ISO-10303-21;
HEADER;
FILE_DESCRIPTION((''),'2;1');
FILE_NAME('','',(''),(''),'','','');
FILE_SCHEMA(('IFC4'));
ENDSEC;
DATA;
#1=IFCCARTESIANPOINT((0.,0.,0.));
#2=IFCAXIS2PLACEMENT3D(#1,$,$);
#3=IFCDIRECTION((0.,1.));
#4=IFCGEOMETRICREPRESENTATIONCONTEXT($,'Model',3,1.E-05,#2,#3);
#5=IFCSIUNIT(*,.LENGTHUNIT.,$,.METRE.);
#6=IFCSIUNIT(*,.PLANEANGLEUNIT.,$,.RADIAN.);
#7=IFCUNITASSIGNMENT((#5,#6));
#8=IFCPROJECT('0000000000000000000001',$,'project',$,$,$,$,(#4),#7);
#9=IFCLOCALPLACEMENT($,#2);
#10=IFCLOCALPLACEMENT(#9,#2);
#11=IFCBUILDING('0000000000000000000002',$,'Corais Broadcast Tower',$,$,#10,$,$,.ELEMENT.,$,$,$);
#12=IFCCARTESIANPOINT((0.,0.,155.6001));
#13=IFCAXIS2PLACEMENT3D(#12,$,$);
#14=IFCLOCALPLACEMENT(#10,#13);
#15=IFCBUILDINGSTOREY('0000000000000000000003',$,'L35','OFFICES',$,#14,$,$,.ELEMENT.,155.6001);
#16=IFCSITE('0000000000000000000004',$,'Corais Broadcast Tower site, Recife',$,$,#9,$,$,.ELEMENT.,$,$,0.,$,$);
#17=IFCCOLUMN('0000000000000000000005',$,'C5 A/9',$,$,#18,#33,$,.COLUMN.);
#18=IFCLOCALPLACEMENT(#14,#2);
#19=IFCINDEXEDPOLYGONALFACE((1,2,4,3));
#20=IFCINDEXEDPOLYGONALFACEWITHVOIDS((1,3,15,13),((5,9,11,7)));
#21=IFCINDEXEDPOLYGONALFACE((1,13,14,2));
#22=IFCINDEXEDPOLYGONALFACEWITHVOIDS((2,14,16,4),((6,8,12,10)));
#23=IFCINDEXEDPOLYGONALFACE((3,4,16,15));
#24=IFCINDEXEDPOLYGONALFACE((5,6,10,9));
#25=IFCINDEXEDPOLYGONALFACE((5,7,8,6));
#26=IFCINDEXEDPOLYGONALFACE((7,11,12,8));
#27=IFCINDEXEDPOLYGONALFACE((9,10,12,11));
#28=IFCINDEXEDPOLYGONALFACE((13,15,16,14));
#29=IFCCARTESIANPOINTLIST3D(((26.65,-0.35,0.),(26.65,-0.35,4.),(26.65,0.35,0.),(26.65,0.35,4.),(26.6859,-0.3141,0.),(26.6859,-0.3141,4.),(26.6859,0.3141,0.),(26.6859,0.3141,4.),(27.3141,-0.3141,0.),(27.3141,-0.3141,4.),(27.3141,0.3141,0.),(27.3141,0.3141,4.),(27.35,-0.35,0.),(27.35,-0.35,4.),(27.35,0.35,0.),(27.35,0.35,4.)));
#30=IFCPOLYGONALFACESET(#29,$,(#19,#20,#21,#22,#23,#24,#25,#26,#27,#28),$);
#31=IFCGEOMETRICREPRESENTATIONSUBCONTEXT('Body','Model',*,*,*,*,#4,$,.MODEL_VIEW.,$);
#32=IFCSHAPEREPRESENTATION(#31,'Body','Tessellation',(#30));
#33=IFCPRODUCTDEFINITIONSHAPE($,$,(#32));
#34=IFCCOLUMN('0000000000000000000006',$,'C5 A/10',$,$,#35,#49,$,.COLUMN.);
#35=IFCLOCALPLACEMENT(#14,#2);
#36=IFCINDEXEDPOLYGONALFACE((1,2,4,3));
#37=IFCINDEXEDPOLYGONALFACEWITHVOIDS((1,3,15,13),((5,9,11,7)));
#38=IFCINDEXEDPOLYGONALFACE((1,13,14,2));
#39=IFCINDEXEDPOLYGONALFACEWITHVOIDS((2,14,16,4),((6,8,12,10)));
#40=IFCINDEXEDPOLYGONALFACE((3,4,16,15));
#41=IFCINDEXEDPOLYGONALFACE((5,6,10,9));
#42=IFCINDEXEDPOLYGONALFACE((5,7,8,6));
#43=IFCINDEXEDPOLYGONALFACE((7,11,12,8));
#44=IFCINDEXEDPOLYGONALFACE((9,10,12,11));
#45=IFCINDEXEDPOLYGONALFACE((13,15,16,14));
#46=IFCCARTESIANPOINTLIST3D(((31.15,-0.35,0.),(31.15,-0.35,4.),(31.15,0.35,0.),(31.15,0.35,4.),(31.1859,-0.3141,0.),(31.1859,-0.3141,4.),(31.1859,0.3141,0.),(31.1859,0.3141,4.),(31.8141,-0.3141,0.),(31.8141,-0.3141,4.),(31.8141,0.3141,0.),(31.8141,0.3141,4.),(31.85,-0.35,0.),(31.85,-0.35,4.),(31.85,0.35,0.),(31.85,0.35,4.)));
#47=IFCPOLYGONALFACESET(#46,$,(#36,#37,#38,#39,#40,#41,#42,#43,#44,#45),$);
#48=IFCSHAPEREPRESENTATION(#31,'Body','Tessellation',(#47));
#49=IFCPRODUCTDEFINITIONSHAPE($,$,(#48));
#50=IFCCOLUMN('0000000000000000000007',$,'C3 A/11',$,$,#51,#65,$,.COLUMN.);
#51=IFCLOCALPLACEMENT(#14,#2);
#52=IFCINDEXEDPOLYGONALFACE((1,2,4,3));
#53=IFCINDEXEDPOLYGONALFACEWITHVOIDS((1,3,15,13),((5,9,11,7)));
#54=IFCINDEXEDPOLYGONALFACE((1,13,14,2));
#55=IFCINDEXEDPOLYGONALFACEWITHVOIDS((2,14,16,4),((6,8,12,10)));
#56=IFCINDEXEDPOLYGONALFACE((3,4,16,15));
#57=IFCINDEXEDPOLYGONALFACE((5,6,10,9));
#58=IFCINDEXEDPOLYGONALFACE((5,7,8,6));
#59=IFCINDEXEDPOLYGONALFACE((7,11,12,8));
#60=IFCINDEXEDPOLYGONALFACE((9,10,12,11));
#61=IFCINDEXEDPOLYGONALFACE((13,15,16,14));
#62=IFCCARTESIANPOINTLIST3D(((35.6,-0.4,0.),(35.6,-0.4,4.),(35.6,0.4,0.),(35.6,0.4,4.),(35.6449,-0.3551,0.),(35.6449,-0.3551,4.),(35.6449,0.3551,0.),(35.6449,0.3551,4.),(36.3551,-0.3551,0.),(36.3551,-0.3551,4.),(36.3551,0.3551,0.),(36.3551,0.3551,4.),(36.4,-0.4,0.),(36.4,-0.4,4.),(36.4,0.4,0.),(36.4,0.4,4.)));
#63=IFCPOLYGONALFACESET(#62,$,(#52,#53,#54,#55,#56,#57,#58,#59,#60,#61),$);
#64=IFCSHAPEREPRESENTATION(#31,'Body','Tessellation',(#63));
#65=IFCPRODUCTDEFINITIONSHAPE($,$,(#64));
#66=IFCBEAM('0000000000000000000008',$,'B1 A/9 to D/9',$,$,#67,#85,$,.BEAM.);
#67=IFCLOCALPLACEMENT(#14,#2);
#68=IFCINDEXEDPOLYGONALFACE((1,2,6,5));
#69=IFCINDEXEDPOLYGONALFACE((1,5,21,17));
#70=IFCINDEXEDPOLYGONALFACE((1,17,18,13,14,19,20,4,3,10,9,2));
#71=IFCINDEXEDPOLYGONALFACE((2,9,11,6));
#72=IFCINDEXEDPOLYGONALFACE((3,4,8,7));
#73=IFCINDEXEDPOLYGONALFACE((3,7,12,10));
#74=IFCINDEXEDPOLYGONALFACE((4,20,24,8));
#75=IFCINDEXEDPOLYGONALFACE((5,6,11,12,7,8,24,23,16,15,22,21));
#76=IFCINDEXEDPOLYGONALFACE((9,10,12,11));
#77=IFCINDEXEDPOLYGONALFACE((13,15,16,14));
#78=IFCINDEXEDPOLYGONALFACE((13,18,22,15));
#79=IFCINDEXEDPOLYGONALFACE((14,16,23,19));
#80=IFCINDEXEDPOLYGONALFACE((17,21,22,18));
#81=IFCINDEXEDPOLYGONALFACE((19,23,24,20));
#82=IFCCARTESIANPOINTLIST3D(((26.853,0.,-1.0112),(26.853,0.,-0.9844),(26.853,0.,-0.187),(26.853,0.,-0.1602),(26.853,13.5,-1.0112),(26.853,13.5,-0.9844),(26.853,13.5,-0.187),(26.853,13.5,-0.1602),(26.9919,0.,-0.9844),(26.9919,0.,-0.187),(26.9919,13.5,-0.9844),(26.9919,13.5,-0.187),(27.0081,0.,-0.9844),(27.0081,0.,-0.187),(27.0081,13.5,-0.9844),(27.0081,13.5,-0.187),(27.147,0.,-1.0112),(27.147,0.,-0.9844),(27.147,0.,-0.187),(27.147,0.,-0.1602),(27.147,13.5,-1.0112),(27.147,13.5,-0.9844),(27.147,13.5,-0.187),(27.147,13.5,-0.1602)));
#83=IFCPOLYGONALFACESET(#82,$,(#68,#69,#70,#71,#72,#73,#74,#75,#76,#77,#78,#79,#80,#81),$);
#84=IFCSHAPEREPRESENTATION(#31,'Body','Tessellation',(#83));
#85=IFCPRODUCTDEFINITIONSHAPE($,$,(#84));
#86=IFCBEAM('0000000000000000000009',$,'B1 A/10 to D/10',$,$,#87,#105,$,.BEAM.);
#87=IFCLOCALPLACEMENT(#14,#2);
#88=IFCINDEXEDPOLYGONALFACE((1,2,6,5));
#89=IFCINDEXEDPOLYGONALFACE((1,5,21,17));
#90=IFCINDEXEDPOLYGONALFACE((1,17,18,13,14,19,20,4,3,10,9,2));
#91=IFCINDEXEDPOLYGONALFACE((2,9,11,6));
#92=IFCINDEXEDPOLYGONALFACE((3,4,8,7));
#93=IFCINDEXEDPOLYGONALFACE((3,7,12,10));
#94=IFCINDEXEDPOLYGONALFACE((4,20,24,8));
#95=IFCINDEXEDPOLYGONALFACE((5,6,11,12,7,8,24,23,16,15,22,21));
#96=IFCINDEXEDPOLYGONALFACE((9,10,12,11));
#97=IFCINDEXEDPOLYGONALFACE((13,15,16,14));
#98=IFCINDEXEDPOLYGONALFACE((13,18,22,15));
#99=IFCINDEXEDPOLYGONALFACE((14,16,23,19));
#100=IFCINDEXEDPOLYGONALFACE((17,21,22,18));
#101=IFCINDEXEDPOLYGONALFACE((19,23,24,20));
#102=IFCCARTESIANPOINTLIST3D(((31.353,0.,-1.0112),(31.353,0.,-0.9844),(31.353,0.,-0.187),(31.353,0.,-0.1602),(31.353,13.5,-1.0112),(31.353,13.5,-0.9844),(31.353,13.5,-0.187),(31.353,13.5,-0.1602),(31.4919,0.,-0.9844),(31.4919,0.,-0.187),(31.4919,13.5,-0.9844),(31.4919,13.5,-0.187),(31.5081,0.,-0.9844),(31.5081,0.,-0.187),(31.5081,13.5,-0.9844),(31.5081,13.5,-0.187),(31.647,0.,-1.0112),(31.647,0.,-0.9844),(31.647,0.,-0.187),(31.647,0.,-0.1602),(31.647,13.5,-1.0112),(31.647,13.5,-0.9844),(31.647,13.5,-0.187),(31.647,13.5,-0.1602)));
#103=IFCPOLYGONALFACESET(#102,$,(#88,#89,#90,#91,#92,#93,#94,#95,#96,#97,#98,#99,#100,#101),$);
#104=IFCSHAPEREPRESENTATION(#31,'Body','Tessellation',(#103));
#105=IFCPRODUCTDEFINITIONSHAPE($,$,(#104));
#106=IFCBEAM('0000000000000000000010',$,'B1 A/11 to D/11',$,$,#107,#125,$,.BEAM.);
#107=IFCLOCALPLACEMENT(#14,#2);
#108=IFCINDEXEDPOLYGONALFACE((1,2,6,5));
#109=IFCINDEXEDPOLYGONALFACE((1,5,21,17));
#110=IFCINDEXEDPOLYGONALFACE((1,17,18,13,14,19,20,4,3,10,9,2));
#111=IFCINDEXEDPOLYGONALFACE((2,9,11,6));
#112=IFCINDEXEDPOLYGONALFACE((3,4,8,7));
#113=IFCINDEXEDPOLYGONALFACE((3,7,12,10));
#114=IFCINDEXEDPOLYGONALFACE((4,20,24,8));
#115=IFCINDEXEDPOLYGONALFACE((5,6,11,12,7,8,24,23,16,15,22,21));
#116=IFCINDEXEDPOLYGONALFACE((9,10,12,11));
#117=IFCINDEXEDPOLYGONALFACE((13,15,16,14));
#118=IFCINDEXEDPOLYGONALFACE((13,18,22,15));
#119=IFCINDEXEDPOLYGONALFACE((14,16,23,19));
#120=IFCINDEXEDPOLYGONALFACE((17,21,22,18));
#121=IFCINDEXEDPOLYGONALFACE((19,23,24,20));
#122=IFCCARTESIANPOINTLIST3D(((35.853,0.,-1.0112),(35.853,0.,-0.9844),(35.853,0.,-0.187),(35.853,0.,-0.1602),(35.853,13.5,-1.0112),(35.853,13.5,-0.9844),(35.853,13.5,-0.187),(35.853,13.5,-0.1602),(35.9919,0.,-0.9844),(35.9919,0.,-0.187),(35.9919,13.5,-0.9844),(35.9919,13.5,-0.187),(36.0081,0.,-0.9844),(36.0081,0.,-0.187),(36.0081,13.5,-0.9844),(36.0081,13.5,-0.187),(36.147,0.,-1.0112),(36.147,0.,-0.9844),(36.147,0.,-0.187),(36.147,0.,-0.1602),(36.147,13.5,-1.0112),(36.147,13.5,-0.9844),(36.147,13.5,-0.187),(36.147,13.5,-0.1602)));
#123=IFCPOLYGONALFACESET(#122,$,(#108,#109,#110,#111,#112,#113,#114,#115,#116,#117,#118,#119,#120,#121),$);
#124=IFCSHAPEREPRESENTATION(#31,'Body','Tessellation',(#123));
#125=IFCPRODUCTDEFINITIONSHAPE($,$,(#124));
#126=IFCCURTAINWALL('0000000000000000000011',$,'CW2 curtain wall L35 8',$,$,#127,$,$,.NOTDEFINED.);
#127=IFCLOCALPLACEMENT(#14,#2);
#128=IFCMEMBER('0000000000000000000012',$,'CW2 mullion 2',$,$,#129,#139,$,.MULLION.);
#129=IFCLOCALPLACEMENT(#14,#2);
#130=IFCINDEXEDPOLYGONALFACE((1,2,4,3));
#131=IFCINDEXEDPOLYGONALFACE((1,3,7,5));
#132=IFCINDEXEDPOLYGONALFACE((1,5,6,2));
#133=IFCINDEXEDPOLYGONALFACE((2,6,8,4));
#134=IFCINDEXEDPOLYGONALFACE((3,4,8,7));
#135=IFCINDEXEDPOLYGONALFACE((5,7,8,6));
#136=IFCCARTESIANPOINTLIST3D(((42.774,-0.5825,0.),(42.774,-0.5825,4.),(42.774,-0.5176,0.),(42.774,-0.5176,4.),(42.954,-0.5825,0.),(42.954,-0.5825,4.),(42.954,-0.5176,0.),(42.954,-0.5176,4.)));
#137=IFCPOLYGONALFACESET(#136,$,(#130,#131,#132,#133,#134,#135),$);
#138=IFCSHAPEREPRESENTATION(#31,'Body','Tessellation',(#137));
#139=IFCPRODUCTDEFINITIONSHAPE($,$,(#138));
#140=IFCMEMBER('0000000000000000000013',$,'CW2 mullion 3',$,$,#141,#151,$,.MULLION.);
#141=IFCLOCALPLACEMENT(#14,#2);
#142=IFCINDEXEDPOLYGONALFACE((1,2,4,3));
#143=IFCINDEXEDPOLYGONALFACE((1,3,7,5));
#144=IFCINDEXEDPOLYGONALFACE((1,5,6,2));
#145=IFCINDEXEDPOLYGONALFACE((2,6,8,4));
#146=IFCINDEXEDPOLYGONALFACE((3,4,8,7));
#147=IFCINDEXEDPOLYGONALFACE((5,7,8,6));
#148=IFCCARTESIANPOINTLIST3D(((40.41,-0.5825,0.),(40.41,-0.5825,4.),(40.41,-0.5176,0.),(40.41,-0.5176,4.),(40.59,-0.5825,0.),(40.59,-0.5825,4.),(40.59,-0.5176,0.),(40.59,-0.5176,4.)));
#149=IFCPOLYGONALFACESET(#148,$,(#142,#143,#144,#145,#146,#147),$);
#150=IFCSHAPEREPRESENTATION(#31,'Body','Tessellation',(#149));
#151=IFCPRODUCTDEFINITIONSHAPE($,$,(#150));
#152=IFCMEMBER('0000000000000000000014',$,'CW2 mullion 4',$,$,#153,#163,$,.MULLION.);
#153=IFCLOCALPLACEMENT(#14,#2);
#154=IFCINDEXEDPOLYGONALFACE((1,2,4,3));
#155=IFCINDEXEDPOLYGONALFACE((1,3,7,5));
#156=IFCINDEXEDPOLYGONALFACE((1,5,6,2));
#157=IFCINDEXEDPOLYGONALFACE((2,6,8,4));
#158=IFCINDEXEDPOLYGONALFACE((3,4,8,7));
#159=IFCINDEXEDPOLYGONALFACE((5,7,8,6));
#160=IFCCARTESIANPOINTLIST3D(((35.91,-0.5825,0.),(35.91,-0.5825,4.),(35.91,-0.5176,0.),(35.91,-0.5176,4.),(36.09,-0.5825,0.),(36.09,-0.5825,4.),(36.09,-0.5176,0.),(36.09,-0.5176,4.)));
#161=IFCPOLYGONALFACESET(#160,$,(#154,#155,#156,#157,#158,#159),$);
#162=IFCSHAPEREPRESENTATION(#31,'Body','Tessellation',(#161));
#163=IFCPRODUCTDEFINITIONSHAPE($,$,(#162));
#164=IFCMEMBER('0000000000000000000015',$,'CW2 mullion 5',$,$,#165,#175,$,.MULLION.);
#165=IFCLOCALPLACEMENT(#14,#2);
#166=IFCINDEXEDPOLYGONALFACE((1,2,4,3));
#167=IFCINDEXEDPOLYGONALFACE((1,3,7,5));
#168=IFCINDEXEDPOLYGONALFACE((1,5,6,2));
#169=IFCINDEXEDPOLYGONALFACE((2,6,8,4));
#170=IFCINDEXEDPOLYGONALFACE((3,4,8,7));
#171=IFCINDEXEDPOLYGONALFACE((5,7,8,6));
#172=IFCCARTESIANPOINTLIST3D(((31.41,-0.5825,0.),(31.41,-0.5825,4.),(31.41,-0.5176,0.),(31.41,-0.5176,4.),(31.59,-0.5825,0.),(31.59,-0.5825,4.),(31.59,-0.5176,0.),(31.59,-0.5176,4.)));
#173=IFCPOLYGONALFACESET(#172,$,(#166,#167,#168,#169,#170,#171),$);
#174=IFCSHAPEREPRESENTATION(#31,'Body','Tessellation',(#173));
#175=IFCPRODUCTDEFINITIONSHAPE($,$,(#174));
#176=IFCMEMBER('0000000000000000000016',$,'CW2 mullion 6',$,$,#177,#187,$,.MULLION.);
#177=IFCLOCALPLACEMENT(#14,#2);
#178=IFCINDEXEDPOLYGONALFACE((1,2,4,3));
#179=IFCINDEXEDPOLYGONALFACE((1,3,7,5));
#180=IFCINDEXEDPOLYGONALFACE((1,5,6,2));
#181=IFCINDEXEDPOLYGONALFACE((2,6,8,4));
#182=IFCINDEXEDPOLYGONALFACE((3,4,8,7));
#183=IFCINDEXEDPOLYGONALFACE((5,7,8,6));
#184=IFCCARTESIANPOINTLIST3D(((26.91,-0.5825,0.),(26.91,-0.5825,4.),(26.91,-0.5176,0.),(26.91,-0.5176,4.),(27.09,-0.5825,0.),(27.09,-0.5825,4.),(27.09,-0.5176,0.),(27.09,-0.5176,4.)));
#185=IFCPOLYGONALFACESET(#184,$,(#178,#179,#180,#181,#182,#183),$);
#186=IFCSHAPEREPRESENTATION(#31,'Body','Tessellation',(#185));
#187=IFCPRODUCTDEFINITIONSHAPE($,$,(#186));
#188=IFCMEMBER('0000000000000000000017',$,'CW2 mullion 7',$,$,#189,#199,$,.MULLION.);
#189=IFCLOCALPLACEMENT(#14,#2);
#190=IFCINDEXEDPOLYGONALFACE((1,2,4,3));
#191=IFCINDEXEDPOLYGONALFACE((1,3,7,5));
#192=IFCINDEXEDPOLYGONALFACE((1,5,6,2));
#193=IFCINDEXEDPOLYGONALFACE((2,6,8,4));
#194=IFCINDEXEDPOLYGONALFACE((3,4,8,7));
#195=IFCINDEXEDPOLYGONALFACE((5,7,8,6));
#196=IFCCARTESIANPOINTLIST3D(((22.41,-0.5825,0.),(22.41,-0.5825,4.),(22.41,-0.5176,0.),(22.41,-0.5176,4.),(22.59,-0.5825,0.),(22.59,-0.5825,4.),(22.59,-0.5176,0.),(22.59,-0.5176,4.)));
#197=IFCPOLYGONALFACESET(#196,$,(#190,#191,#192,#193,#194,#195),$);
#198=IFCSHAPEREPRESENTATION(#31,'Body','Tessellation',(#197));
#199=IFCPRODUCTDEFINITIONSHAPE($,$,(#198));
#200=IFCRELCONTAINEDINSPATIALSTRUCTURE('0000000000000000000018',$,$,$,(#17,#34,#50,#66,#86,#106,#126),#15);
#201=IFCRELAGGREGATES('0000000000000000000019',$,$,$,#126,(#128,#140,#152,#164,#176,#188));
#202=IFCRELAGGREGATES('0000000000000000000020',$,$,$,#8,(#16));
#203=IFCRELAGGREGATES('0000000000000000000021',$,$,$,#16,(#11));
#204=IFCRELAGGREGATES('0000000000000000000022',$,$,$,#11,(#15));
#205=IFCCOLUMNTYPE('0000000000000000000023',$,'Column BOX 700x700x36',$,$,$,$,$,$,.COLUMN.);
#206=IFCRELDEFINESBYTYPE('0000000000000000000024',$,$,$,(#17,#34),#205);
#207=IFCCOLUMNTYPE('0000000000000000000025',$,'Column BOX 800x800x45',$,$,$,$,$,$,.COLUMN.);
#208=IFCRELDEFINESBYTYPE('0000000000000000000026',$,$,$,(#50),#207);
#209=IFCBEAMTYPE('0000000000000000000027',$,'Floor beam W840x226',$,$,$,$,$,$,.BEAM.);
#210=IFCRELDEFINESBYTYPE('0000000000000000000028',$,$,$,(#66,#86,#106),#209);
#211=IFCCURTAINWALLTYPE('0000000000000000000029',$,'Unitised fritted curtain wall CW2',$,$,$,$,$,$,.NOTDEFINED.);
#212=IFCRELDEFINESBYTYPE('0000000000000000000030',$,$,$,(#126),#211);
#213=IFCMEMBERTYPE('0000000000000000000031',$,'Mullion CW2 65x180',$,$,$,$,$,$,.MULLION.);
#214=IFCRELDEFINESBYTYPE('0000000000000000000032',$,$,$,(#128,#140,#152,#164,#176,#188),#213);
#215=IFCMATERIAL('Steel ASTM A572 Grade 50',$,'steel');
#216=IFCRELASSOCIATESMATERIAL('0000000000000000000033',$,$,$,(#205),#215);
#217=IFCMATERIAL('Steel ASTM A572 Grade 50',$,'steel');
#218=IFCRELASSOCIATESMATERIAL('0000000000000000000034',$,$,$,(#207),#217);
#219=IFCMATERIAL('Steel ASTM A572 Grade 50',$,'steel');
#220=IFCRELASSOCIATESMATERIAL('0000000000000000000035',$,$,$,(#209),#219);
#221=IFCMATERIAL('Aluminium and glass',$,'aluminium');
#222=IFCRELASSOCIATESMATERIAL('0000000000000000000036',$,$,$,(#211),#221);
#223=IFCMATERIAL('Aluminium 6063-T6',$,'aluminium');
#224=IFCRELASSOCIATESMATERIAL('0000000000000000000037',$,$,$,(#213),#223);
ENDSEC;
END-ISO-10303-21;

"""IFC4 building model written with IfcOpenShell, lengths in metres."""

from ifc_helpers import new_model, si_unit, direction, frame, origin, origin_2d, place, context, subcontext, project, spatial, rectangle, hollow_rectangle, i_section, extrude, material, material_profile, profile_set, type_object, element, aggregate, save


model = new_model("IFC4")

# Units and contexts
model_context = context("Model", 3, precision=1e-05, world=origin(), true_north=direction((0.0, 1.0)))
body_context = subcontext(model_context, "Body", "Model", "MODEL_VIEW")
ifc_project = project(units=[si_unit("LENGTHUNIT", "METRE"), si_unit("PLANEANGLEUNIT", "RADIAN")], contexts=[model_context])

# Site, building, storey
site_placement = place(None, origin())
site = spatial("IfcSite", under=ifc_project, at=site_placement, Name="Corais Broadcast Tower site, Recife", CompositionType="ELEMENT", RefElevation=0.0)
building_placement = place(site_placement, origin())
building = spatial("IfcBuilding", under=site, at=building_placement, Name="Corais Broadcast Tower", CompositionType="ELEMENT")
storey_placement = place(building_placement, frame((0.0, 0.0, 155.6001)))
storey = spatial("IfcBuildingStorey", under=building, at=storey_placement, Name="L35", Description="OFFICES", CompositionType="ELEMENT", Elevation=155.6001)

# Columns
ifc_material_1 = material(Name="Steel ASTM A572 Grade 50", Category="steel")
ifc_material_profile_1 = material_profile(ifc_material_1, hollow_rectangle(XDim=0.7, YDim=0.7, WallThickness=0.0359, at=origin_2d()), Name="BOX 700x700x36")
ifc_profile_set_1 = profile_set([ifc_material_profile_1], Name="Steel ASTM A572 Grade 50")
column_type_1 = type_object("IfcColumnType", Name="Column BOX 700x700x36", PredefinedType="COLUMN", material=ifc_profile_set_1)
for number, where, z_axis, x_axis, name in (
    (1, (27.0, 0.0, 0.0), (0.0, 0.0, 1.0), (1.0, 0.0, 0.0), "C5 A/9"),
    (2, (31.5, 0.0, 0.0), (0.0, 0.0, 1.0), (1.0, 0.0, 0.0), "C5 A/10"),
):
    element("IfcColumn", number, at=place(storey_placement, frame(where, z_axis=z_axis, x_axis=x_axis)), inside=storey, type_object=column_type_1, Name=name, PredefinedType="COLUMN", context=body_context, shape_type="SweptSolid", body=[
        extrude(hollow_rectangle(XDim=0.7, YDim=0.7, WallThickness=0.0359, at=origin_2d()), origin(), (0.0, 0.0, 1.0), 4.0),
    ])
ifc_material_2 = material(Name="Steel ASTM A572 Grade 50", Category="steel")
ifc_material_profile_2 = material_profile(ifc_material_2, hollow_rectangle(XDim=0.8, YDim=0.8, WallThickness=0.0449, at=origin_2d()), Name="BOX 800x800x45")
ifc_profile_set_2 = profile_set([ifc_material_profile_2], Name="Steel ASTM A572 Grade 50")
column_type_2 = type_object("IfcColumnType", Name="Column BOX 800x800x45", PredefinedType="COLUMN", material=ifc_profile_set_2)
column_placement = place(storey_placement, frame((36.0, 0.0, 0.0), z_axis=(0.0, 0.0, 1.0), x_axis=(1.0, 0.0, 0.0)))
element("IfcColumn", 3, at=column_placement, inside=storey, type_object=column_type_2, Name="C3 A/11", PredefinedType="COLUMN", context=body_context, shape_type="SweptSolid", body=[
    extrude(hollow_rectangle(XDim=0.8, YDim=0.8, WallThickness=0.0449, at=origin_2d()), origin(), (0.0, 0.0, 1.0), 4.0),
])

# Beams
ifc_material_3 = material(Name="Steel ASTM A572 Grade 50", Category="steel")
ifc_material_profile_3 = material_profile(ifc_material_3, i_section(OverallWidth=0.2939, OverallDepth=0.8511, WebThickness=0.0161, FlangeThickness=0.0269, at=origin_2d()), Name="W840x226")
ifc_profile_set_3 = profile_set([ifc_material_profile_3], Name="Steel ASTM A572 Grade 50")
beam_type_1 = type_object("IfcBeamType", Name="Floor beam W840x226", PredefinedType="BEAM", material=ifc_profile_set_3)
for number, where, z_axis, x_axis, name in (
    (4, (27.0, 0.0, -0.5857), (0.0, 1.0, 0.0), (-1.0, 0.0, 0.0), "B1 A/9 to D/9"),
    (5, (31.5, 0.0, -0.5857), (0.0, 1.0, 0.0), (-1.0, 0.0, 0.0), "B1 A/10 to D/10"),
    (6, (36.0, 0.0, -0.5857), (0.0, 1.0, 0.0), (-1.0, 0.0, 0.0), "B1 A/11 to D/11"),
):
    element("IfcBeam", number, at=place(storey_placement, frame(where, z_axis=z_axis, x_axis=x_axis)), inside=storey, type_object=beam_type_1, Name=name, PredefinedType="BEAM", context=body_context, shape_type="SweptSolid", body=[
        extrude(i_section(OverallWidth=0.2939, OverallDepth=0.8511, WebThickness=0.0161, FlangeThickness=0.0269, at=origin_2d()), origin(), (0.0, 0.0, 1.0), 13.5),
    ])

# Curtain wall, members
ifc_material_4 = material(Name="Aluminium and glass", Category="aluminium")
curtain_wall_type = type_object("IfcCurtainWallType", Name="Unitised fritted curtain wall CW2", PredefinedType="NOTDEFINED", material=ifc_material_4)
curtain_wall_placement = place(storey_placement, origin())
curtain_wall = element("IfcCurtainWall", 7, at=curtain_wall_placement, inside=storey, type_object=curtain_wall_type, Name="CW2 curtain wall L35 8", PredefinedType="NOTDEFINED")
ifc_material_5 = material(Name="Aluminium 6063-T6", Category="aluminium")
ifc_material_profile_4 = material_profile(ifc_material_5, rectangle(XDim=0.0649, YDim=0.1799, at=origin_2d()), Name="Mullion CW2 65x180")
ifc_profile_set_4 = profile_set([ifc_material_profile_4], Name="Aluminium 6063-T6")
member_type_1 = type_object("IfcMemberType", Name="Mullion CW2 65x180", PredefinedType="MULLION", material=ifc_profile_set_4)
member_1_placement = place(storey_placement, frame((42.864, -0.55, 0.0), z_axis=(0.0, 0.0, 1.0), x_axis=(0.0, -1.0, 0.0)))
member_1 = element("IfcMember", 8, at=member_1_placement, type_object=member_type_1, Name="CW2 mullion 2", PredefinedType="MULLION", context=body_context, shape_type="SweptSolid", body=[
    extrude(rectangle(XDim=0.0649, YDim=0.1799, at=origin_2d()), origin(), (0.0, 0.0, 1.0), 4.0),
])
member_2_placement = place(storey_placement, frame((40.5, -0.55, 0.0), z_axis=(0.0, 0.0, 1.0), x_axis=(0.0, -1.0, 0.0)))
member_2 = element("IfcMember", 9, at=member_2_placement, type_object=member_type_1, Name="CW2 mullion 3", PredefinedType="MULLION", context=body_context, shape_type="SweptSolid", body=[
    extrude(rectangle(XDim=0.0649, YDim=0.1799, at=origin_2d()), origin(), (0.0, 0.0, 1.0), 4.0),
])
member_3_placement = place(storey_placement, frame((36.0, -0.55, 0.0), z_axis=(0.0, 0.0, 1.0), x_axis=(0.0, -1.0, 0.0)))
member_3 = element("IfcMember", 10, at=member_3_placement, type_object=member_type_1, Name="CW2 mullion 4", PredefinedType="MULLION", context=body_context, shape_type="SweptSolid", body=[
    extrude(rectangle(XDim=0.0649, YDim=0.1799, at=origin_2d()), origin(), (0.0, 0.0, 1.0), 4.0),
])
member_4_placement = place(storey_placement, frame((31.5, -0.55, 0.0), z_axis=(0.0, 0.0, 1.0), x_axis=(0.0, -1.0, 0.0)))
member_4 = element("IfcMember", 11, at=member_4_placement, type_object=member_type_1, Name="CW2 mullion 5", PredefinedType="MULLION", context=body_context, shape_type="SweptSolid", body=[
    extrude(rectangle(XDim=0.0649, YDim=0.1799, at=origin_2d()), origin(), (0.0, 0.0, 1.0), 4.0),
])
member_5_placement = place(storey_placement, frame((27.0, -0.55, 0.0), z_axis=(0.0, 0.0, 1.0), x_axis=(0.0, -1.0, 0.0)))
member_5 = element("IfcMember", 12, at=member_5_placement, type_object=member_type_1, Name="CW2 mullion 6", PredefinedType="MULLION", context=body_context, shape_type="SweptSolid", body=[
    extrude(rectangle(XDim=0.0649, YDim=0.1799, at=origin_2d()), origin(), (0.0, 0.0, 1.0), 4.0),
])
member_6_placement = place(storey_placement, frame((22.5, -0.55, 0.0), z_axis=(0.0, 0.0, 1.0), x_axis=(0.0, -1.0, 0.0)))
member_6 = element("IfcMember", 13, at=member_6_placement, type_object=member_type_1, Name="CW2 mullion 7", PredefinedType="MULLION", context=body_context, shape_type="SweptSolid", body=[
    extrude(rectangle(XDim=0.0649, YDim=0.1799, at=origin_2d()), origin(), (0.0, 0.0, 1.0), 4.0),
])

aggregate(curtain_wall, [member_1, member_2, member_3, member_4, member_5, member_6])

save(model, "model.ifc")
